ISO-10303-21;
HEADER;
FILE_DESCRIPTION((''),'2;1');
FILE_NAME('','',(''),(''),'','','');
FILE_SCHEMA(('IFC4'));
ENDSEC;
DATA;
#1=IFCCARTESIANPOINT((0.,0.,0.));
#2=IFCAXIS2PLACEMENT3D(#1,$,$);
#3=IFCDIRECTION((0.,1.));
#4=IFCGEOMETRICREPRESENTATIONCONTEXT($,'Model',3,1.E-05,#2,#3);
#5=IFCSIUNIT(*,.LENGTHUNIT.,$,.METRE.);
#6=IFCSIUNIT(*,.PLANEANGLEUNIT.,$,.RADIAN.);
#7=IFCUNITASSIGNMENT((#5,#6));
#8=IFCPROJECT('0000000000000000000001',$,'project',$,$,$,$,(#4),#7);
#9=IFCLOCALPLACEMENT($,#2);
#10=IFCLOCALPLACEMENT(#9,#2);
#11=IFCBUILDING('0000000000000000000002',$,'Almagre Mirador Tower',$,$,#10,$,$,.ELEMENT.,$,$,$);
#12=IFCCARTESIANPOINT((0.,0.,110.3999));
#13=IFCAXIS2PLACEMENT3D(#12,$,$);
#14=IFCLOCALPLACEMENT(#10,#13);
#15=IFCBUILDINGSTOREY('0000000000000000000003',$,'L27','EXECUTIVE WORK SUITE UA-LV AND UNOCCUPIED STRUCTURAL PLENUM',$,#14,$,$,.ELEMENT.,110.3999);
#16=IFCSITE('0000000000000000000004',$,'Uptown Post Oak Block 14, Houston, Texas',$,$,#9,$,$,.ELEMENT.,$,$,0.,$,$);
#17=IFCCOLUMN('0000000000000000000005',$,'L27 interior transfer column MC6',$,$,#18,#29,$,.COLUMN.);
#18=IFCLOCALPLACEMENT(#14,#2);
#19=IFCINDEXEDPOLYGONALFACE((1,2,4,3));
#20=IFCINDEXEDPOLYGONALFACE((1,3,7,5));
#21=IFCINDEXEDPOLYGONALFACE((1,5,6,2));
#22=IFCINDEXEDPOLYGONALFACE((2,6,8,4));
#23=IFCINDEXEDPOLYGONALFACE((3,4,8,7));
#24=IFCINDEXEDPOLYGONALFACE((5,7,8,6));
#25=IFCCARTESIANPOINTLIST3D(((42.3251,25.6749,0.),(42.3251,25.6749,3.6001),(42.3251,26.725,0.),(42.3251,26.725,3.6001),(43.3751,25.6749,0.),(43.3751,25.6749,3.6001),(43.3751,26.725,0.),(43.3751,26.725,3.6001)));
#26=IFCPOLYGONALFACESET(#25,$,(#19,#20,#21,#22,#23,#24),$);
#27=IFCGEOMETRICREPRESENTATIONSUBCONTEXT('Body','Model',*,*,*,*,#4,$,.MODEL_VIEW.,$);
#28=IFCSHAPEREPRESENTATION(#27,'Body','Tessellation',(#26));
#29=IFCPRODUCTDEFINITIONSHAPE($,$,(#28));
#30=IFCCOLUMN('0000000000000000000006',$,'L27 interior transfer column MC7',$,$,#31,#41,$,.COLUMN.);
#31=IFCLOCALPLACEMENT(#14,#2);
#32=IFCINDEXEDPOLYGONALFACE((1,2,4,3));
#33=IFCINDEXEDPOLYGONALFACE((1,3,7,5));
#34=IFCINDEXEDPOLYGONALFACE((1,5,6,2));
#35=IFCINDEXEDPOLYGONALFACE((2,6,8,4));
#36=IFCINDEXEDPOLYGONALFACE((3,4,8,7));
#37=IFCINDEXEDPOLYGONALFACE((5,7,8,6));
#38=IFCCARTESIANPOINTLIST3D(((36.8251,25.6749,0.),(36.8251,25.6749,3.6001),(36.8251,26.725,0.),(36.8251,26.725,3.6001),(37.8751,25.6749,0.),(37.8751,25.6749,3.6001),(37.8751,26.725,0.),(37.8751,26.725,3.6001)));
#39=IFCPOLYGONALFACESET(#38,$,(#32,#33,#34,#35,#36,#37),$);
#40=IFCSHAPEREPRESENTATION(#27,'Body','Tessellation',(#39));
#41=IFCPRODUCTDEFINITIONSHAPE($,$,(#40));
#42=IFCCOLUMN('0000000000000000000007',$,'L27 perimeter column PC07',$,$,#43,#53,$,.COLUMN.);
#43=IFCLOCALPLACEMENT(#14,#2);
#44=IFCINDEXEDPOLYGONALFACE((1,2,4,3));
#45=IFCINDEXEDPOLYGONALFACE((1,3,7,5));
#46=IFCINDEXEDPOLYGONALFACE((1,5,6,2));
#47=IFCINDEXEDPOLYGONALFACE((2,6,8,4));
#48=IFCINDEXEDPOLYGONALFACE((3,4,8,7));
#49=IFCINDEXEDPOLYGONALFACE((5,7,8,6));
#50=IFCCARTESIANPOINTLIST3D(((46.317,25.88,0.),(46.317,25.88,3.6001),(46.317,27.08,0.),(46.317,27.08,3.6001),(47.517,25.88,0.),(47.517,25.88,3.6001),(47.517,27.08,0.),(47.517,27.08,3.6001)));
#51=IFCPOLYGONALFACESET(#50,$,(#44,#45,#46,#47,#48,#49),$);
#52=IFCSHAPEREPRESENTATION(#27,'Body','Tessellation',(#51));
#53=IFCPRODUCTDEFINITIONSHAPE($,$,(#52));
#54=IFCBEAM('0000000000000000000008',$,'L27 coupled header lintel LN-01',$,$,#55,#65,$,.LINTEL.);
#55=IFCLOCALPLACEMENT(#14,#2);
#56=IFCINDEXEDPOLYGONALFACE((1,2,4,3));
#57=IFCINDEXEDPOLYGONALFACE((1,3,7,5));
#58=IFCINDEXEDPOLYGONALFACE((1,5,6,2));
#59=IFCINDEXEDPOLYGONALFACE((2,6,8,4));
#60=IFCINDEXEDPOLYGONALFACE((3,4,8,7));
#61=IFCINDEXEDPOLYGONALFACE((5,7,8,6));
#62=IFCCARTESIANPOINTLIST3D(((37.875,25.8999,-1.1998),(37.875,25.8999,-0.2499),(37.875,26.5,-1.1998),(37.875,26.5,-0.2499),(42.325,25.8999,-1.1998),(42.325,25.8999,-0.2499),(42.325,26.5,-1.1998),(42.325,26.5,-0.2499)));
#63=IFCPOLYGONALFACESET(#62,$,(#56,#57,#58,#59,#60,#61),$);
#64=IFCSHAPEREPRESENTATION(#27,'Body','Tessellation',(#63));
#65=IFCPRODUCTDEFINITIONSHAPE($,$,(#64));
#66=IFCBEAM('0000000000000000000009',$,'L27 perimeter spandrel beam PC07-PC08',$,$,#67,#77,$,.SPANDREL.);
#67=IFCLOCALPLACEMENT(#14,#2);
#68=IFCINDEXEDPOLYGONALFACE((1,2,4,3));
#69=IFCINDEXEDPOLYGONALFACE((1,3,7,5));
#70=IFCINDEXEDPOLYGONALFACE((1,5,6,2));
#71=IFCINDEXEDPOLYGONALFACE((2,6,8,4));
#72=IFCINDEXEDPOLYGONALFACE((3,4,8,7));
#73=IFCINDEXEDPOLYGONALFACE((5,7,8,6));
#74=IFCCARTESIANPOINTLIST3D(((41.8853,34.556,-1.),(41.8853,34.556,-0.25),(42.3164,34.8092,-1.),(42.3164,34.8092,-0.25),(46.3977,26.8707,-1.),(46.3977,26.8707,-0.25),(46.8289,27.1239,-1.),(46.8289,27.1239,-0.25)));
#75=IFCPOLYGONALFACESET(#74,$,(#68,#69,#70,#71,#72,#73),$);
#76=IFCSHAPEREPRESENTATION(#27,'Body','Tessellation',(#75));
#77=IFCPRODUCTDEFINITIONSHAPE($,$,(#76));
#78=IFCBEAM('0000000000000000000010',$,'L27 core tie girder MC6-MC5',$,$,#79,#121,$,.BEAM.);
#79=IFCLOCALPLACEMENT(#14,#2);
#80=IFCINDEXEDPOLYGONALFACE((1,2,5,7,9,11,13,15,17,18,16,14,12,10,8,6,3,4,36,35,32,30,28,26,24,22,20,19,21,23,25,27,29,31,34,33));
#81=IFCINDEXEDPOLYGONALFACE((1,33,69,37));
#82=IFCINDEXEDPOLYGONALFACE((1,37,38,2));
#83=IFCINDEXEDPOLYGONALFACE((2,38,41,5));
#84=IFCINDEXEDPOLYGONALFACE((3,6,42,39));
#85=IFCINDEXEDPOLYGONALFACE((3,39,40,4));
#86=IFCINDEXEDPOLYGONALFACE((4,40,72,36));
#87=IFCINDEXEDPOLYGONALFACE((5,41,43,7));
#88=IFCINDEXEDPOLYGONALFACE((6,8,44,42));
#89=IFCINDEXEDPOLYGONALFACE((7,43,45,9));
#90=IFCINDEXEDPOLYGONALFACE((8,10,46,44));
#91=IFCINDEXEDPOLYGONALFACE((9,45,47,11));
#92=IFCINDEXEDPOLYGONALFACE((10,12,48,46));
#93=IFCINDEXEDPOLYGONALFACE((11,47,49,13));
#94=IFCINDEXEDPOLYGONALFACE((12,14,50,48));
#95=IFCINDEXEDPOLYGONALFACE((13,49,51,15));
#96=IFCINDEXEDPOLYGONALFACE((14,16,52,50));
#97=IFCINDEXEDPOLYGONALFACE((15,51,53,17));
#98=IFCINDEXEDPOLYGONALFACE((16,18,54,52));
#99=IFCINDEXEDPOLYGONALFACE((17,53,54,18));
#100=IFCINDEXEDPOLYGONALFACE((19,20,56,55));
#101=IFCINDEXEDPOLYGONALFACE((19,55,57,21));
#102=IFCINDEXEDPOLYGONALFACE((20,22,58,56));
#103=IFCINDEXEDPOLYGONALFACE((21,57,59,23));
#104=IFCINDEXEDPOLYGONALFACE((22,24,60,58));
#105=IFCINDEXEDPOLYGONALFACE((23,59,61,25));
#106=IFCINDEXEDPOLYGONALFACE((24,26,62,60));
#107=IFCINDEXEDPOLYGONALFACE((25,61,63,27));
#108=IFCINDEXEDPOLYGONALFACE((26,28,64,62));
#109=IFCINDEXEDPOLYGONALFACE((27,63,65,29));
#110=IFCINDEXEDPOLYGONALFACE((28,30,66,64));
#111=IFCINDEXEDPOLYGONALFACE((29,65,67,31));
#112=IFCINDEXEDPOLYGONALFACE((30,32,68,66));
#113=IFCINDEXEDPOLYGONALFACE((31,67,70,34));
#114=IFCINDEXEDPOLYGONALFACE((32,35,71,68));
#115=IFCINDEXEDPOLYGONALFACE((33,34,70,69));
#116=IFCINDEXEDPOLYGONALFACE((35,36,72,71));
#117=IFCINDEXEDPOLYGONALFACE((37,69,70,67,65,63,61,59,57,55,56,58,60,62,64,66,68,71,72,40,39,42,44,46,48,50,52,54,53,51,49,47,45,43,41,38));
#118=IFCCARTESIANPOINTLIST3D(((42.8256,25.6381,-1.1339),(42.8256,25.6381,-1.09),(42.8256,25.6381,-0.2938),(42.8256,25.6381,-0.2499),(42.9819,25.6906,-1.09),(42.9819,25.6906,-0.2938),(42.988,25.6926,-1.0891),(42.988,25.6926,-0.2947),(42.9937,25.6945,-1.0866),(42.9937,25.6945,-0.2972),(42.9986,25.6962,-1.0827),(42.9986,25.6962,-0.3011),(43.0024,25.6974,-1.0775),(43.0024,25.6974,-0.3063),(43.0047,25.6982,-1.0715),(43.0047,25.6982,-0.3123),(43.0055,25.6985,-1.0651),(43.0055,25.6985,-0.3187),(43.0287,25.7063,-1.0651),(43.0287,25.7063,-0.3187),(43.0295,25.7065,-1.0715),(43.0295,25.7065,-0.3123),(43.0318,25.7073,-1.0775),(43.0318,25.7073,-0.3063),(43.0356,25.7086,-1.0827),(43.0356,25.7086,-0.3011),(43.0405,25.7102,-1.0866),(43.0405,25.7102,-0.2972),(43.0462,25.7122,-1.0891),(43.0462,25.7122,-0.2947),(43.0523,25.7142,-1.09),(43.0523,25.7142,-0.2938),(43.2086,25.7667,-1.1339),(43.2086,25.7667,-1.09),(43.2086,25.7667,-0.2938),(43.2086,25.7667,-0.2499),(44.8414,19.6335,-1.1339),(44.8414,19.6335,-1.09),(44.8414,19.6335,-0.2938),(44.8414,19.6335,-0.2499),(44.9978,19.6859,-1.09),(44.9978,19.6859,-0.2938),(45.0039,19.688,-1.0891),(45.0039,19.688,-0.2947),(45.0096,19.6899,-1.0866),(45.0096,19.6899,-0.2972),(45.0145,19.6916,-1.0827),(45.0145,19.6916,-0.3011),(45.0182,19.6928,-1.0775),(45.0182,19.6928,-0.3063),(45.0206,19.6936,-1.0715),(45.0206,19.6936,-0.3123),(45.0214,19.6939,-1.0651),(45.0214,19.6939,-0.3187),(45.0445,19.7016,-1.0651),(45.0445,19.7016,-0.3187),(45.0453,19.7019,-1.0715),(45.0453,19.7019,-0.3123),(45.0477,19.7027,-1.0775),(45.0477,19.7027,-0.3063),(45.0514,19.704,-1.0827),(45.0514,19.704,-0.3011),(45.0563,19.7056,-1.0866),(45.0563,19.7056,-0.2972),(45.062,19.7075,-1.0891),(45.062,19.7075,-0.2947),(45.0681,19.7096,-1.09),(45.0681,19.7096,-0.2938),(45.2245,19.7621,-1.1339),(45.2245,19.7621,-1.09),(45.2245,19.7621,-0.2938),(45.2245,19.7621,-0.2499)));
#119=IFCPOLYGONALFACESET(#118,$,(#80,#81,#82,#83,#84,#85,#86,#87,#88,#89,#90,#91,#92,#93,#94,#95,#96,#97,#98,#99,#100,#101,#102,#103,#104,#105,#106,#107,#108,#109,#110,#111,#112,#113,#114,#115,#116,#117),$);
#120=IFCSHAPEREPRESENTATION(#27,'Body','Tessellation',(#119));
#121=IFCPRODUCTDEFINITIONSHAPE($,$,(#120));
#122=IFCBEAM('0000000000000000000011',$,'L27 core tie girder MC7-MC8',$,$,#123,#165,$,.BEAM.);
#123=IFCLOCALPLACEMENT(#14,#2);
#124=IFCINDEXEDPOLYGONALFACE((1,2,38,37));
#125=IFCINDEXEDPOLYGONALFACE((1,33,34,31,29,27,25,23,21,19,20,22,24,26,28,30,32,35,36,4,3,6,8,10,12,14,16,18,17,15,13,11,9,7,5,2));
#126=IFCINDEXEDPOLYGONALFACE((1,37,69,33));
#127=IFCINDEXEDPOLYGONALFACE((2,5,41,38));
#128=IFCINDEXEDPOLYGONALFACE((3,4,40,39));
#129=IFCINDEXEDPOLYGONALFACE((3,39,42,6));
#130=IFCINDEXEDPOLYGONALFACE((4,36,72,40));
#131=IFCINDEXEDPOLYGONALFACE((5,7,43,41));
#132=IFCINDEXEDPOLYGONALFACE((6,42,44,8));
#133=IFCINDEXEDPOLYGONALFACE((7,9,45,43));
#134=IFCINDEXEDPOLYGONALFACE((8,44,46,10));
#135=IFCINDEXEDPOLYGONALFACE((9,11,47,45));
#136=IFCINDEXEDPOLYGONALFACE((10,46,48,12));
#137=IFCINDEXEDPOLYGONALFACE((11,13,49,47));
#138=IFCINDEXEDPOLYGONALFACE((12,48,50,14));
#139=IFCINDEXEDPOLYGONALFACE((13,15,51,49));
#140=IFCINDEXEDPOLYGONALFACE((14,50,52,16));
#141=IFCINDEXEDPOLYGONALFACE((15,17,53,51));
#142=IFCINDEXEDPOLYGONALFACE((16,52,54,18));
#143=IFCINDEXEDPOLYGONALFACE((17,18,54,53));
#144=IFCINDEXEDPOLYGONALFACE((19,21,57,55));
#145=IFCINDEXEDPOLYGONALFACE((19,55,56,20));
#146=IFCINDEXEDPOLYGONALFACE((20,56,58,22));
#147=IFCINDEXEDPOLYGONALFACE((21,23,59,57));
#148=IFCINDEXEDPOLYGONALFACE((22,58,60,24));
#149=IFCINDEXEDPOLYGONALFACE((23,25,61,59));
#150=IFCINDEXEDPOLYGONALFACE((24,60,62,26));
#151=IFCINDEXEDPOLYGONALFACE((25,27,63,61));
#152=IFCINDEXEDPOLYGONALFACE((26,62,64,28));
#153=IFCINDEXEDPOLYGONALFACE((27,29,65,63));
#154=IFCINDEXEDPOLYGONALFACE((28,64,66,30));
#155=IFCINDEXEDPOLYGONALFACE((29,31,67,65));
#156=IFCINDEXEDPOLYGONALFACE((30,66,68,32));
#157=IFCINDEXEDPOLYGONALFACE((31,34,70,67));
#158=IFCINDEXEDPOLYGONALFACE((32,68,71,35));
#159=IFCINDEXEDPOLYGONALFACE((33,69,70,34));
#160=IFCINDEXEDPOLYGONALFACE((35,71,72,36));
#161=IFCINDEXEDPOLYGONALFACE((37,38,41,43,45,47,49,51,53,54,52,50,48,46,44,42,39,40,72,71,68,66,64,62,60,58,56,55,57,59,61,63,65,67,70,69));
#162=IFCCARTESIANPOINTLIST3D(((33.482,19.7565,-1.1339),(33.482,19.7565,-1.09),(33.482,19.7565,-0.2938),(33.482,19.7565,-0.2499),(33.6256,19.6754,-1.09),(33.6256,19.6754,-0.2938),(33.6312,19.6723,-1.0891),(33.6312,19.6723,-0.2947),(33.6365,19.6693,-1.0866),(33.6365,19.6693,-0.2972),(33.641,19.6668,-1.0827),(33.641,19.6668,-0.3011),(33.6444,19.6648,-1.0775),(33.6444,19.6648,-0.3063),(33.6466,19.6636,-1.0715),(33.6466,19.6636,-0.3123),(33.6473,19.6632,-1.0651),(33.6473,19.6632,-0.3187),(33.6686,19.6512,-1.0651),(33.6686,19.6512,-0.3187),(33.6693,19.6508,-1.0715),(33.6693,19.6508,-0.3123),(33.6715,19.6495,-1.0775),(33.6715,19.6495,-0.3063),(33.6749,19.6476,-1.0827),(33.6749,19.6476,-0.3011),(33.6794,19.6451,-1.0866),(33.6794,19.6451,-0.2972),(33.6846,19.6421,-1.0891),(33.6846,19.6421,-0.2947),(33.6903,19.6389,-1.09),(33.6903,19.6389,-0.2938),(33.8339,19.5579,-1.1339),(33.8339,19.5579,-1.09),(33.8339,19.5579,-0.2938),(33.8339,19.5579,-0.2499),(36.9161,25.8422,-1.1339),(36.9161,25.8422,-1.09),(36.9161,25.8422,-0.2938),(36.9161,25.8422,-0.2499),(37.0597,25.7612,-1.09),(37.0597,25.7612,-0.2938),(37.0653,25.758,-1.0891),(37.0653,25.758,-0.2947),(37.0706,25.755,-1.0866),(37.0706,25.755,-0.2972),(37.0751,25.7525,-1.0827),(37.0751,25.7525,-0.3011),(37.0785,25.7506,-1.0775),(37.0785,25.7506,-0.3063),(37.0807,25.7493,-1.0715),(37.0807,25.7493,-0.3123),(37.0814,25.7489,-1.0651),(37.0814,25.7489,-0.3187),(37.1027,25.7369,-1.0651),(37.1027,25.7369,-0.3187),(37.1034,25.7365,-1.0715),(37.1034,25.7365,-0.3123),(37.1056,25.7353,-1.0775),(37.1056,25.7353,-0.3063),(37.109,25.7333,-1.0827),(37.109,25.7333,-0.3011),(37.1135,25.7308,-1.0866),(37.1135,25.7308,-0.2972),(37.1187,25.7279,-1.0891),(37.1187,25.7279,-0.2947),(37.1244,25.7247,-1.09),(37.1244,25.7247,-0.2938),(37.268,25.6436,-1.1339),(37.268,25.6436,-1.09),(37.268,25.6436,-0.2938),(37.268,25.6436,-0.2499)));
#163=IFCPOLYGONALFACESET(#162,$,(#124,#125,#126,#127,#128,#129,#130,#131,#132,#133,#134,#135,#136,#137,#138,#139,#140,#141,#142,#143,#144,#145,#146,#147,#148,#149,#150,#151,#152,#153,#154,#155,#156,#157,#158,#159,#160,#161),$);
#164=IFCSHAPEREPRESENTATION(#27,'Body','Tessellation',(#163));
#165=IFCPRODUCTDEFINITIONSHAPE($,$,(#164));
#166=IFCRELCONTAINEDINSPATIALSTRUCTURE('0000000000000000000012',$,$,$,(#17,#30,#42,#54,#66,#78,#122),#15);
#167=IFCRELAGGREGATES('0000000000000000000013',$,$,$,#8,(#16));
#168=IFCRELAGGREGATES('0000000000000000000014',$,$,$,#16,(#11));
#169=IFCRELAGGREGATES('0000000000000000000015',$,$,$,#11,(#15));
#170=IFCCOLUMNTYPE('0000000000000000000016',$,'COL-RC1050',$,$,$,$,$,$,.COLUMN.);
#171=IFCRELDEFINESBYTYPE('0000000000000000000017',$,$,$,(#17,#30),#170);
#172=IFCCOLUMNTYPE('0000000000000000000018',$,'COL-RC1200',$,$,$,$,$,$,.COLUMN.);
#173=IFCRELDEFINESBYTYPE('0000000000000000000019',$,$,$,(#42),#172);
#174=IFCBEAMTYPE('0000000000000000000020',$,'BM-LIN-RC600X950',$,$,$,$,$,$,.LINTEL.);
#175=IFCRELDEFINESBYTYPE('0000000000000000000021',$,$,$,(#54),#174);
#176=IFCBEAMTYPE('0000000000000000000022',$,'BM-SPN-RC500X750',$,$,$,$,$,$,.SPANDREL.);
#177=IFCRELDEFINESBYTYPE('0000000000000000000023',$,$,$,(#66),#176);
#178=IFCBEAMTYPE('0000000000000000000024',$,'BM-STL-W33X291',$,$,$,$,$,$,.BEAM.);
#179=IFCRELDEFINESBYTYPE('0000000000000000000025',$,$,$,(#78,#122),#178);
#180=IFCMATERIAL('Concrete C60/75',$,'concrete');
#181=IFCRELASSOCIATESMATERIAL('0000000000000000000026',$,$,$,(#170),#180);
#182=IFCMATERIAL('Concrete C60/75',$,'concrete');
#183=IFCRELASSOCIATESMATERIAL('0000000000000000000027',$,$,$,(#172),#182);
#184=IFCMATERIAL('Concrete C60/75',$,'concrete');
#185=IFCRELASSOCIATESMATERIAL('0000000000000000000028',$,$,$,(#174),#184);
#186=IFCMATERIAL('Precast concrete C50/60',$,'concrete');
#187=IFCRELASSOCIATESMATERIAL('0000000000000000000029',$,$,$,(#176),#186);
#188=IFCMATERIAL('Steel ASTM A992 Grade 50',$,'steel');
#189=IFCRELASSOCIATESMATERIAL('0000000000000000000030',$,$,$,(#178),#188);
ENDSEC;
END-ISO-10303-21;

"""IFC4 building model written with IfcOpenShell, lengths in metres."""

from ifc_helpers import new_model, si_unit, direction, frame, origin, origin_2d, place, context, subcontext, project, spatial, rectangle, i_section, extrude, material, material_profile, profile_set, type_object, element, save


model = new_model("IFC4")

# Units and contexts
model_context = context("Model", 3, precision=1e-05, world=origin(), true_north=direction((0.0, 1.0)))
body_context = subcontext(model_context, "Body", "Model", "MODEL_VIEW")
ifc_project = project(units=[si_unit("LENGTHUNIT", "METRE"), si_unit("PLANEANGLEUNIT", "RADIAN")], contexts=[model_context])

# Site, building, storey
site_placement = place(None, origin())
site = spatial("IfcSite", under=ifc_project, at=site_placement, Name="Uptown Post Oak Block 14, Houston, Texas", CompositionType="ELEMENT", RefElevation=0.0)
building_placement = place(site_placement, origin())
building = spatial("IfcBuilding", under=site, at=building_placement, Name="Almagre Mirador Tower", CompositionType="ELEMENT")
storey_placement = place(building_placement, frame((0.0, 0.0, 110.3999)))
storey = spatial("IfcBuildingStorey", under=building, at=storey_placement, Name="L27", Description="EXECUTIVE WORK SUITE UA-LV AND UNOCCUPIED STRUCTURAL PLENUM", CompositionType="ELEMENT", Elevation=110.3999)

# Columns
ifc_material_1 = material(Name="Concrete C60/75", Category="concrete")
ifc_material_profile_1 = material_profile(ifc_material_1, rectangle(XDim=1.05, YDim=1.05, at=origin_2d()), Name="RC1050X1050")
ifc_profile_set_1 = profile_set([ifc_material_profile_1], Name="Concrete C60/75")
column_type_1 = type_object("IfcColumnType", Name="COL-RC1050", PredefinedType="COLUMN", material=ifc_profile_set_1)
for number, where, z_axis, x_axis, name in (
    (1, (42.8501, 26.2, 0.0), (0.0, 0.0, 1.0), (1.0, 0.0, 0.0), "L27 interior transfer column MC6"),
    (2, (37.3501, 26.2, 0.0), (0.0, 0.0, 1.0), (1.0, 0.0, 0.0), "L27 interior transfer column MC7"),
):
    element("IfcColumn", number, at=place(storey_placement, frame(where, z_axis=z_axis, x_axis=x_axis)), inside=storey, type_object=column_type_1, Name=name, PredefinedType="COLUMN", context=body_context, shape_type="SweptSolid", body=[
        extrude(rectangle(XDim=1.05, YDim=1.05, at=origin_2d()), origin(), (0.0, 0.0, 1.0), 3.6001),
    ])
ifc_material_2 = material(Name="Concrete C60/75", Category="concrete")
ifc_material_profile_2 = material_profile(ifc_material_2, rectangle(XDim=1.2, YDim=1.2, at=origin_2d()), Name="RC1200X1200")
ifc_profile_set_2 = profile_set([ifc_material_profile_2], Name="Concrete C60/75")
column_type_2 = type_object("IfcColumnType", Name="COL-RC1200", PredefinedType="COLUMN", material=ifc_profile_set_2)
column_placement = place(storey_placement, frame((46.917, 26.48, 0.0), z_axis=(0.0, 0.0, 1.0), x_axis=(1.0, 0.0, 0.0)))
element("IfcColumn", 3, at=column_placement, inside=storey, type_object=column_type_2, Name="L27 perimeter column PC07", PredefinedType="COLUMN", context=body_context, shape_type="SweptSolid", body=[
    extrude(rectangle(XDim=1.2, YDim=1.2, at=origin_2d()), origin(), (0.0, 0.0, 1.0), 3.6001),
])

# Beams
ifc_material_3 = material(Name="Concrete C60/75", Category="concrete")
ifc_material_profile_3 = material_profile(ifc_material_3, rectangle(XDim=0.6001, YDim=0.95, at=origin_2d()), Name="RC600X950")
ifc_profile_set_3 = profile_set([ifc_material_profile_3], Name="Concrete C60/75")
beam_type_1 = type_object("IfcBeamType", Name="BM-LIN-RC600X950", PredefinedType="LINTEL", material=ifc_profile_set_3)
beam_1_placement = place(storey_placement, frame((37.875, 26.2, -0.7249), z_axis=(1.0, 0.0, 0.0), x_axis=(0.0, 1.0, 0.0)))
element("IfcBeam", 4, at=beam_1_placement, inside=storey, type_object=beam_type_1, Name="L27 coupled header lintel LN-01", PredefinedType="LINTEL", context=body_context, shape_type="SweptSolid", body=[
    extrude(rectangle(XDim=0.6001, YDim=0.95, at=origin_2d()), origin(), (0.0, 0.0, 1.0), 4.45),
])
ifc_material_4 = material(Name="Precast concrete C50/60", Category="concrete")
ifc_material_profile_4 = material_profile(ifc_material_4, rectangle(XDim=0.5, YDim=0.75, at=origin_2d()), Name="RC500X750")
ifc_profile_set_4 = profile_set([ifc_material_profile_4], Name="Precast concrete C50/60")
beam_type_2 = type_object("IfcBeamType", Name="BM-SPN-RC500X750", PredefinedType="SPANDREL", material=ifc_profile_set_4)
beam_2_placement = place(storey_placement, frame((46.6133, 26.9973, -0.625), z_axis=(-0.506327, 0.862342, 0.0), x_axis=(-0.862342, -0.506327, 0.0)))
element("IfcBeam", 5, at=beam_2_placement, inside=storey, type_object=beam_type_2, Name="L27 perimeter spandrel beam PC07-PC08", PredefinedType="SPANDREL", context=body_context, shape_type="SweptSolid", body=[
    extrude(rectangle(XDim=0.5, YDim=0.75, at=origin_2d()), origin(), (0.0, 0.0, 1.0), 8.9121),
])
ifc_material_5 = material(Name="Steel ASTM A992 Grade 50", Category="steel")
ifc_material_profile_5 = material_profile(ifc_material_5, i_section(OverallWidth=0.4041, OverallDepth=0.884, WebThickness=0.0244, FlangeThickness=0.0439, FilletRadius=0.0249, at=origin_2d()), Name="W33X291")
ifc_profile_set_5 = profile_set([ifc_material_profile_5], Name="Steel ASTM A992 Grade 50")
beam_type_3 = type_object("IfcBeamType", Name="BM-STL-W33X291", PredefinedType="BEAM", material=ifc_profile_set_5)
beam_3_placement = place(storey_placement, frame((43.0171, 25.7024, -0.6919), z_axis=(0.318262, -0.948003, 0.0), x_axis=(0.948003, 0.318262, 0.0)))
element("IfcBeam", 6, at=beam_3_placement, inside=storey, type_object=beam_type_3, Name="L27 core tie girder MC6-MC5", PredefinedType="BEAM", context=body_context, shape_type="SweptSolid", body=[
    extrude(i_section(OverallWidth=0.4041, OverallDepth=0.884, WebThickness=0.0244, FlangeThickness=0.0439, FilletRadius=0.0249, at=origin_2d()), origin(), (0.0, 0.0, 1.0), 6.334),
])
beam_4_placement = place(storey_placement, frame((37.092, 25.7429, -0.6919), z_axis=(-0.491444, -0.870909, 0.0), x_axis=(0.870909, -0.491444, 0.0)))
element("IfcBeam", 7, at=beam_4_placement, inside=storey, type_object=beam_type_3, Name="L27 core tie girder MC7-MC8", PredefinedType="BEAM", context=body_context, shape_type="SweptSolid", body=[
    extrude(i_section(OverallWidth=0.4041, OverallDepth=0.884, WebThickness=0.0244, FlangeThickness=0.0439, FilletRadius=0.0249, at=origin_2d()), origin(), (0.0, 0.0, 1.0), 6.9878),
])

save(model, "model.ifc")
